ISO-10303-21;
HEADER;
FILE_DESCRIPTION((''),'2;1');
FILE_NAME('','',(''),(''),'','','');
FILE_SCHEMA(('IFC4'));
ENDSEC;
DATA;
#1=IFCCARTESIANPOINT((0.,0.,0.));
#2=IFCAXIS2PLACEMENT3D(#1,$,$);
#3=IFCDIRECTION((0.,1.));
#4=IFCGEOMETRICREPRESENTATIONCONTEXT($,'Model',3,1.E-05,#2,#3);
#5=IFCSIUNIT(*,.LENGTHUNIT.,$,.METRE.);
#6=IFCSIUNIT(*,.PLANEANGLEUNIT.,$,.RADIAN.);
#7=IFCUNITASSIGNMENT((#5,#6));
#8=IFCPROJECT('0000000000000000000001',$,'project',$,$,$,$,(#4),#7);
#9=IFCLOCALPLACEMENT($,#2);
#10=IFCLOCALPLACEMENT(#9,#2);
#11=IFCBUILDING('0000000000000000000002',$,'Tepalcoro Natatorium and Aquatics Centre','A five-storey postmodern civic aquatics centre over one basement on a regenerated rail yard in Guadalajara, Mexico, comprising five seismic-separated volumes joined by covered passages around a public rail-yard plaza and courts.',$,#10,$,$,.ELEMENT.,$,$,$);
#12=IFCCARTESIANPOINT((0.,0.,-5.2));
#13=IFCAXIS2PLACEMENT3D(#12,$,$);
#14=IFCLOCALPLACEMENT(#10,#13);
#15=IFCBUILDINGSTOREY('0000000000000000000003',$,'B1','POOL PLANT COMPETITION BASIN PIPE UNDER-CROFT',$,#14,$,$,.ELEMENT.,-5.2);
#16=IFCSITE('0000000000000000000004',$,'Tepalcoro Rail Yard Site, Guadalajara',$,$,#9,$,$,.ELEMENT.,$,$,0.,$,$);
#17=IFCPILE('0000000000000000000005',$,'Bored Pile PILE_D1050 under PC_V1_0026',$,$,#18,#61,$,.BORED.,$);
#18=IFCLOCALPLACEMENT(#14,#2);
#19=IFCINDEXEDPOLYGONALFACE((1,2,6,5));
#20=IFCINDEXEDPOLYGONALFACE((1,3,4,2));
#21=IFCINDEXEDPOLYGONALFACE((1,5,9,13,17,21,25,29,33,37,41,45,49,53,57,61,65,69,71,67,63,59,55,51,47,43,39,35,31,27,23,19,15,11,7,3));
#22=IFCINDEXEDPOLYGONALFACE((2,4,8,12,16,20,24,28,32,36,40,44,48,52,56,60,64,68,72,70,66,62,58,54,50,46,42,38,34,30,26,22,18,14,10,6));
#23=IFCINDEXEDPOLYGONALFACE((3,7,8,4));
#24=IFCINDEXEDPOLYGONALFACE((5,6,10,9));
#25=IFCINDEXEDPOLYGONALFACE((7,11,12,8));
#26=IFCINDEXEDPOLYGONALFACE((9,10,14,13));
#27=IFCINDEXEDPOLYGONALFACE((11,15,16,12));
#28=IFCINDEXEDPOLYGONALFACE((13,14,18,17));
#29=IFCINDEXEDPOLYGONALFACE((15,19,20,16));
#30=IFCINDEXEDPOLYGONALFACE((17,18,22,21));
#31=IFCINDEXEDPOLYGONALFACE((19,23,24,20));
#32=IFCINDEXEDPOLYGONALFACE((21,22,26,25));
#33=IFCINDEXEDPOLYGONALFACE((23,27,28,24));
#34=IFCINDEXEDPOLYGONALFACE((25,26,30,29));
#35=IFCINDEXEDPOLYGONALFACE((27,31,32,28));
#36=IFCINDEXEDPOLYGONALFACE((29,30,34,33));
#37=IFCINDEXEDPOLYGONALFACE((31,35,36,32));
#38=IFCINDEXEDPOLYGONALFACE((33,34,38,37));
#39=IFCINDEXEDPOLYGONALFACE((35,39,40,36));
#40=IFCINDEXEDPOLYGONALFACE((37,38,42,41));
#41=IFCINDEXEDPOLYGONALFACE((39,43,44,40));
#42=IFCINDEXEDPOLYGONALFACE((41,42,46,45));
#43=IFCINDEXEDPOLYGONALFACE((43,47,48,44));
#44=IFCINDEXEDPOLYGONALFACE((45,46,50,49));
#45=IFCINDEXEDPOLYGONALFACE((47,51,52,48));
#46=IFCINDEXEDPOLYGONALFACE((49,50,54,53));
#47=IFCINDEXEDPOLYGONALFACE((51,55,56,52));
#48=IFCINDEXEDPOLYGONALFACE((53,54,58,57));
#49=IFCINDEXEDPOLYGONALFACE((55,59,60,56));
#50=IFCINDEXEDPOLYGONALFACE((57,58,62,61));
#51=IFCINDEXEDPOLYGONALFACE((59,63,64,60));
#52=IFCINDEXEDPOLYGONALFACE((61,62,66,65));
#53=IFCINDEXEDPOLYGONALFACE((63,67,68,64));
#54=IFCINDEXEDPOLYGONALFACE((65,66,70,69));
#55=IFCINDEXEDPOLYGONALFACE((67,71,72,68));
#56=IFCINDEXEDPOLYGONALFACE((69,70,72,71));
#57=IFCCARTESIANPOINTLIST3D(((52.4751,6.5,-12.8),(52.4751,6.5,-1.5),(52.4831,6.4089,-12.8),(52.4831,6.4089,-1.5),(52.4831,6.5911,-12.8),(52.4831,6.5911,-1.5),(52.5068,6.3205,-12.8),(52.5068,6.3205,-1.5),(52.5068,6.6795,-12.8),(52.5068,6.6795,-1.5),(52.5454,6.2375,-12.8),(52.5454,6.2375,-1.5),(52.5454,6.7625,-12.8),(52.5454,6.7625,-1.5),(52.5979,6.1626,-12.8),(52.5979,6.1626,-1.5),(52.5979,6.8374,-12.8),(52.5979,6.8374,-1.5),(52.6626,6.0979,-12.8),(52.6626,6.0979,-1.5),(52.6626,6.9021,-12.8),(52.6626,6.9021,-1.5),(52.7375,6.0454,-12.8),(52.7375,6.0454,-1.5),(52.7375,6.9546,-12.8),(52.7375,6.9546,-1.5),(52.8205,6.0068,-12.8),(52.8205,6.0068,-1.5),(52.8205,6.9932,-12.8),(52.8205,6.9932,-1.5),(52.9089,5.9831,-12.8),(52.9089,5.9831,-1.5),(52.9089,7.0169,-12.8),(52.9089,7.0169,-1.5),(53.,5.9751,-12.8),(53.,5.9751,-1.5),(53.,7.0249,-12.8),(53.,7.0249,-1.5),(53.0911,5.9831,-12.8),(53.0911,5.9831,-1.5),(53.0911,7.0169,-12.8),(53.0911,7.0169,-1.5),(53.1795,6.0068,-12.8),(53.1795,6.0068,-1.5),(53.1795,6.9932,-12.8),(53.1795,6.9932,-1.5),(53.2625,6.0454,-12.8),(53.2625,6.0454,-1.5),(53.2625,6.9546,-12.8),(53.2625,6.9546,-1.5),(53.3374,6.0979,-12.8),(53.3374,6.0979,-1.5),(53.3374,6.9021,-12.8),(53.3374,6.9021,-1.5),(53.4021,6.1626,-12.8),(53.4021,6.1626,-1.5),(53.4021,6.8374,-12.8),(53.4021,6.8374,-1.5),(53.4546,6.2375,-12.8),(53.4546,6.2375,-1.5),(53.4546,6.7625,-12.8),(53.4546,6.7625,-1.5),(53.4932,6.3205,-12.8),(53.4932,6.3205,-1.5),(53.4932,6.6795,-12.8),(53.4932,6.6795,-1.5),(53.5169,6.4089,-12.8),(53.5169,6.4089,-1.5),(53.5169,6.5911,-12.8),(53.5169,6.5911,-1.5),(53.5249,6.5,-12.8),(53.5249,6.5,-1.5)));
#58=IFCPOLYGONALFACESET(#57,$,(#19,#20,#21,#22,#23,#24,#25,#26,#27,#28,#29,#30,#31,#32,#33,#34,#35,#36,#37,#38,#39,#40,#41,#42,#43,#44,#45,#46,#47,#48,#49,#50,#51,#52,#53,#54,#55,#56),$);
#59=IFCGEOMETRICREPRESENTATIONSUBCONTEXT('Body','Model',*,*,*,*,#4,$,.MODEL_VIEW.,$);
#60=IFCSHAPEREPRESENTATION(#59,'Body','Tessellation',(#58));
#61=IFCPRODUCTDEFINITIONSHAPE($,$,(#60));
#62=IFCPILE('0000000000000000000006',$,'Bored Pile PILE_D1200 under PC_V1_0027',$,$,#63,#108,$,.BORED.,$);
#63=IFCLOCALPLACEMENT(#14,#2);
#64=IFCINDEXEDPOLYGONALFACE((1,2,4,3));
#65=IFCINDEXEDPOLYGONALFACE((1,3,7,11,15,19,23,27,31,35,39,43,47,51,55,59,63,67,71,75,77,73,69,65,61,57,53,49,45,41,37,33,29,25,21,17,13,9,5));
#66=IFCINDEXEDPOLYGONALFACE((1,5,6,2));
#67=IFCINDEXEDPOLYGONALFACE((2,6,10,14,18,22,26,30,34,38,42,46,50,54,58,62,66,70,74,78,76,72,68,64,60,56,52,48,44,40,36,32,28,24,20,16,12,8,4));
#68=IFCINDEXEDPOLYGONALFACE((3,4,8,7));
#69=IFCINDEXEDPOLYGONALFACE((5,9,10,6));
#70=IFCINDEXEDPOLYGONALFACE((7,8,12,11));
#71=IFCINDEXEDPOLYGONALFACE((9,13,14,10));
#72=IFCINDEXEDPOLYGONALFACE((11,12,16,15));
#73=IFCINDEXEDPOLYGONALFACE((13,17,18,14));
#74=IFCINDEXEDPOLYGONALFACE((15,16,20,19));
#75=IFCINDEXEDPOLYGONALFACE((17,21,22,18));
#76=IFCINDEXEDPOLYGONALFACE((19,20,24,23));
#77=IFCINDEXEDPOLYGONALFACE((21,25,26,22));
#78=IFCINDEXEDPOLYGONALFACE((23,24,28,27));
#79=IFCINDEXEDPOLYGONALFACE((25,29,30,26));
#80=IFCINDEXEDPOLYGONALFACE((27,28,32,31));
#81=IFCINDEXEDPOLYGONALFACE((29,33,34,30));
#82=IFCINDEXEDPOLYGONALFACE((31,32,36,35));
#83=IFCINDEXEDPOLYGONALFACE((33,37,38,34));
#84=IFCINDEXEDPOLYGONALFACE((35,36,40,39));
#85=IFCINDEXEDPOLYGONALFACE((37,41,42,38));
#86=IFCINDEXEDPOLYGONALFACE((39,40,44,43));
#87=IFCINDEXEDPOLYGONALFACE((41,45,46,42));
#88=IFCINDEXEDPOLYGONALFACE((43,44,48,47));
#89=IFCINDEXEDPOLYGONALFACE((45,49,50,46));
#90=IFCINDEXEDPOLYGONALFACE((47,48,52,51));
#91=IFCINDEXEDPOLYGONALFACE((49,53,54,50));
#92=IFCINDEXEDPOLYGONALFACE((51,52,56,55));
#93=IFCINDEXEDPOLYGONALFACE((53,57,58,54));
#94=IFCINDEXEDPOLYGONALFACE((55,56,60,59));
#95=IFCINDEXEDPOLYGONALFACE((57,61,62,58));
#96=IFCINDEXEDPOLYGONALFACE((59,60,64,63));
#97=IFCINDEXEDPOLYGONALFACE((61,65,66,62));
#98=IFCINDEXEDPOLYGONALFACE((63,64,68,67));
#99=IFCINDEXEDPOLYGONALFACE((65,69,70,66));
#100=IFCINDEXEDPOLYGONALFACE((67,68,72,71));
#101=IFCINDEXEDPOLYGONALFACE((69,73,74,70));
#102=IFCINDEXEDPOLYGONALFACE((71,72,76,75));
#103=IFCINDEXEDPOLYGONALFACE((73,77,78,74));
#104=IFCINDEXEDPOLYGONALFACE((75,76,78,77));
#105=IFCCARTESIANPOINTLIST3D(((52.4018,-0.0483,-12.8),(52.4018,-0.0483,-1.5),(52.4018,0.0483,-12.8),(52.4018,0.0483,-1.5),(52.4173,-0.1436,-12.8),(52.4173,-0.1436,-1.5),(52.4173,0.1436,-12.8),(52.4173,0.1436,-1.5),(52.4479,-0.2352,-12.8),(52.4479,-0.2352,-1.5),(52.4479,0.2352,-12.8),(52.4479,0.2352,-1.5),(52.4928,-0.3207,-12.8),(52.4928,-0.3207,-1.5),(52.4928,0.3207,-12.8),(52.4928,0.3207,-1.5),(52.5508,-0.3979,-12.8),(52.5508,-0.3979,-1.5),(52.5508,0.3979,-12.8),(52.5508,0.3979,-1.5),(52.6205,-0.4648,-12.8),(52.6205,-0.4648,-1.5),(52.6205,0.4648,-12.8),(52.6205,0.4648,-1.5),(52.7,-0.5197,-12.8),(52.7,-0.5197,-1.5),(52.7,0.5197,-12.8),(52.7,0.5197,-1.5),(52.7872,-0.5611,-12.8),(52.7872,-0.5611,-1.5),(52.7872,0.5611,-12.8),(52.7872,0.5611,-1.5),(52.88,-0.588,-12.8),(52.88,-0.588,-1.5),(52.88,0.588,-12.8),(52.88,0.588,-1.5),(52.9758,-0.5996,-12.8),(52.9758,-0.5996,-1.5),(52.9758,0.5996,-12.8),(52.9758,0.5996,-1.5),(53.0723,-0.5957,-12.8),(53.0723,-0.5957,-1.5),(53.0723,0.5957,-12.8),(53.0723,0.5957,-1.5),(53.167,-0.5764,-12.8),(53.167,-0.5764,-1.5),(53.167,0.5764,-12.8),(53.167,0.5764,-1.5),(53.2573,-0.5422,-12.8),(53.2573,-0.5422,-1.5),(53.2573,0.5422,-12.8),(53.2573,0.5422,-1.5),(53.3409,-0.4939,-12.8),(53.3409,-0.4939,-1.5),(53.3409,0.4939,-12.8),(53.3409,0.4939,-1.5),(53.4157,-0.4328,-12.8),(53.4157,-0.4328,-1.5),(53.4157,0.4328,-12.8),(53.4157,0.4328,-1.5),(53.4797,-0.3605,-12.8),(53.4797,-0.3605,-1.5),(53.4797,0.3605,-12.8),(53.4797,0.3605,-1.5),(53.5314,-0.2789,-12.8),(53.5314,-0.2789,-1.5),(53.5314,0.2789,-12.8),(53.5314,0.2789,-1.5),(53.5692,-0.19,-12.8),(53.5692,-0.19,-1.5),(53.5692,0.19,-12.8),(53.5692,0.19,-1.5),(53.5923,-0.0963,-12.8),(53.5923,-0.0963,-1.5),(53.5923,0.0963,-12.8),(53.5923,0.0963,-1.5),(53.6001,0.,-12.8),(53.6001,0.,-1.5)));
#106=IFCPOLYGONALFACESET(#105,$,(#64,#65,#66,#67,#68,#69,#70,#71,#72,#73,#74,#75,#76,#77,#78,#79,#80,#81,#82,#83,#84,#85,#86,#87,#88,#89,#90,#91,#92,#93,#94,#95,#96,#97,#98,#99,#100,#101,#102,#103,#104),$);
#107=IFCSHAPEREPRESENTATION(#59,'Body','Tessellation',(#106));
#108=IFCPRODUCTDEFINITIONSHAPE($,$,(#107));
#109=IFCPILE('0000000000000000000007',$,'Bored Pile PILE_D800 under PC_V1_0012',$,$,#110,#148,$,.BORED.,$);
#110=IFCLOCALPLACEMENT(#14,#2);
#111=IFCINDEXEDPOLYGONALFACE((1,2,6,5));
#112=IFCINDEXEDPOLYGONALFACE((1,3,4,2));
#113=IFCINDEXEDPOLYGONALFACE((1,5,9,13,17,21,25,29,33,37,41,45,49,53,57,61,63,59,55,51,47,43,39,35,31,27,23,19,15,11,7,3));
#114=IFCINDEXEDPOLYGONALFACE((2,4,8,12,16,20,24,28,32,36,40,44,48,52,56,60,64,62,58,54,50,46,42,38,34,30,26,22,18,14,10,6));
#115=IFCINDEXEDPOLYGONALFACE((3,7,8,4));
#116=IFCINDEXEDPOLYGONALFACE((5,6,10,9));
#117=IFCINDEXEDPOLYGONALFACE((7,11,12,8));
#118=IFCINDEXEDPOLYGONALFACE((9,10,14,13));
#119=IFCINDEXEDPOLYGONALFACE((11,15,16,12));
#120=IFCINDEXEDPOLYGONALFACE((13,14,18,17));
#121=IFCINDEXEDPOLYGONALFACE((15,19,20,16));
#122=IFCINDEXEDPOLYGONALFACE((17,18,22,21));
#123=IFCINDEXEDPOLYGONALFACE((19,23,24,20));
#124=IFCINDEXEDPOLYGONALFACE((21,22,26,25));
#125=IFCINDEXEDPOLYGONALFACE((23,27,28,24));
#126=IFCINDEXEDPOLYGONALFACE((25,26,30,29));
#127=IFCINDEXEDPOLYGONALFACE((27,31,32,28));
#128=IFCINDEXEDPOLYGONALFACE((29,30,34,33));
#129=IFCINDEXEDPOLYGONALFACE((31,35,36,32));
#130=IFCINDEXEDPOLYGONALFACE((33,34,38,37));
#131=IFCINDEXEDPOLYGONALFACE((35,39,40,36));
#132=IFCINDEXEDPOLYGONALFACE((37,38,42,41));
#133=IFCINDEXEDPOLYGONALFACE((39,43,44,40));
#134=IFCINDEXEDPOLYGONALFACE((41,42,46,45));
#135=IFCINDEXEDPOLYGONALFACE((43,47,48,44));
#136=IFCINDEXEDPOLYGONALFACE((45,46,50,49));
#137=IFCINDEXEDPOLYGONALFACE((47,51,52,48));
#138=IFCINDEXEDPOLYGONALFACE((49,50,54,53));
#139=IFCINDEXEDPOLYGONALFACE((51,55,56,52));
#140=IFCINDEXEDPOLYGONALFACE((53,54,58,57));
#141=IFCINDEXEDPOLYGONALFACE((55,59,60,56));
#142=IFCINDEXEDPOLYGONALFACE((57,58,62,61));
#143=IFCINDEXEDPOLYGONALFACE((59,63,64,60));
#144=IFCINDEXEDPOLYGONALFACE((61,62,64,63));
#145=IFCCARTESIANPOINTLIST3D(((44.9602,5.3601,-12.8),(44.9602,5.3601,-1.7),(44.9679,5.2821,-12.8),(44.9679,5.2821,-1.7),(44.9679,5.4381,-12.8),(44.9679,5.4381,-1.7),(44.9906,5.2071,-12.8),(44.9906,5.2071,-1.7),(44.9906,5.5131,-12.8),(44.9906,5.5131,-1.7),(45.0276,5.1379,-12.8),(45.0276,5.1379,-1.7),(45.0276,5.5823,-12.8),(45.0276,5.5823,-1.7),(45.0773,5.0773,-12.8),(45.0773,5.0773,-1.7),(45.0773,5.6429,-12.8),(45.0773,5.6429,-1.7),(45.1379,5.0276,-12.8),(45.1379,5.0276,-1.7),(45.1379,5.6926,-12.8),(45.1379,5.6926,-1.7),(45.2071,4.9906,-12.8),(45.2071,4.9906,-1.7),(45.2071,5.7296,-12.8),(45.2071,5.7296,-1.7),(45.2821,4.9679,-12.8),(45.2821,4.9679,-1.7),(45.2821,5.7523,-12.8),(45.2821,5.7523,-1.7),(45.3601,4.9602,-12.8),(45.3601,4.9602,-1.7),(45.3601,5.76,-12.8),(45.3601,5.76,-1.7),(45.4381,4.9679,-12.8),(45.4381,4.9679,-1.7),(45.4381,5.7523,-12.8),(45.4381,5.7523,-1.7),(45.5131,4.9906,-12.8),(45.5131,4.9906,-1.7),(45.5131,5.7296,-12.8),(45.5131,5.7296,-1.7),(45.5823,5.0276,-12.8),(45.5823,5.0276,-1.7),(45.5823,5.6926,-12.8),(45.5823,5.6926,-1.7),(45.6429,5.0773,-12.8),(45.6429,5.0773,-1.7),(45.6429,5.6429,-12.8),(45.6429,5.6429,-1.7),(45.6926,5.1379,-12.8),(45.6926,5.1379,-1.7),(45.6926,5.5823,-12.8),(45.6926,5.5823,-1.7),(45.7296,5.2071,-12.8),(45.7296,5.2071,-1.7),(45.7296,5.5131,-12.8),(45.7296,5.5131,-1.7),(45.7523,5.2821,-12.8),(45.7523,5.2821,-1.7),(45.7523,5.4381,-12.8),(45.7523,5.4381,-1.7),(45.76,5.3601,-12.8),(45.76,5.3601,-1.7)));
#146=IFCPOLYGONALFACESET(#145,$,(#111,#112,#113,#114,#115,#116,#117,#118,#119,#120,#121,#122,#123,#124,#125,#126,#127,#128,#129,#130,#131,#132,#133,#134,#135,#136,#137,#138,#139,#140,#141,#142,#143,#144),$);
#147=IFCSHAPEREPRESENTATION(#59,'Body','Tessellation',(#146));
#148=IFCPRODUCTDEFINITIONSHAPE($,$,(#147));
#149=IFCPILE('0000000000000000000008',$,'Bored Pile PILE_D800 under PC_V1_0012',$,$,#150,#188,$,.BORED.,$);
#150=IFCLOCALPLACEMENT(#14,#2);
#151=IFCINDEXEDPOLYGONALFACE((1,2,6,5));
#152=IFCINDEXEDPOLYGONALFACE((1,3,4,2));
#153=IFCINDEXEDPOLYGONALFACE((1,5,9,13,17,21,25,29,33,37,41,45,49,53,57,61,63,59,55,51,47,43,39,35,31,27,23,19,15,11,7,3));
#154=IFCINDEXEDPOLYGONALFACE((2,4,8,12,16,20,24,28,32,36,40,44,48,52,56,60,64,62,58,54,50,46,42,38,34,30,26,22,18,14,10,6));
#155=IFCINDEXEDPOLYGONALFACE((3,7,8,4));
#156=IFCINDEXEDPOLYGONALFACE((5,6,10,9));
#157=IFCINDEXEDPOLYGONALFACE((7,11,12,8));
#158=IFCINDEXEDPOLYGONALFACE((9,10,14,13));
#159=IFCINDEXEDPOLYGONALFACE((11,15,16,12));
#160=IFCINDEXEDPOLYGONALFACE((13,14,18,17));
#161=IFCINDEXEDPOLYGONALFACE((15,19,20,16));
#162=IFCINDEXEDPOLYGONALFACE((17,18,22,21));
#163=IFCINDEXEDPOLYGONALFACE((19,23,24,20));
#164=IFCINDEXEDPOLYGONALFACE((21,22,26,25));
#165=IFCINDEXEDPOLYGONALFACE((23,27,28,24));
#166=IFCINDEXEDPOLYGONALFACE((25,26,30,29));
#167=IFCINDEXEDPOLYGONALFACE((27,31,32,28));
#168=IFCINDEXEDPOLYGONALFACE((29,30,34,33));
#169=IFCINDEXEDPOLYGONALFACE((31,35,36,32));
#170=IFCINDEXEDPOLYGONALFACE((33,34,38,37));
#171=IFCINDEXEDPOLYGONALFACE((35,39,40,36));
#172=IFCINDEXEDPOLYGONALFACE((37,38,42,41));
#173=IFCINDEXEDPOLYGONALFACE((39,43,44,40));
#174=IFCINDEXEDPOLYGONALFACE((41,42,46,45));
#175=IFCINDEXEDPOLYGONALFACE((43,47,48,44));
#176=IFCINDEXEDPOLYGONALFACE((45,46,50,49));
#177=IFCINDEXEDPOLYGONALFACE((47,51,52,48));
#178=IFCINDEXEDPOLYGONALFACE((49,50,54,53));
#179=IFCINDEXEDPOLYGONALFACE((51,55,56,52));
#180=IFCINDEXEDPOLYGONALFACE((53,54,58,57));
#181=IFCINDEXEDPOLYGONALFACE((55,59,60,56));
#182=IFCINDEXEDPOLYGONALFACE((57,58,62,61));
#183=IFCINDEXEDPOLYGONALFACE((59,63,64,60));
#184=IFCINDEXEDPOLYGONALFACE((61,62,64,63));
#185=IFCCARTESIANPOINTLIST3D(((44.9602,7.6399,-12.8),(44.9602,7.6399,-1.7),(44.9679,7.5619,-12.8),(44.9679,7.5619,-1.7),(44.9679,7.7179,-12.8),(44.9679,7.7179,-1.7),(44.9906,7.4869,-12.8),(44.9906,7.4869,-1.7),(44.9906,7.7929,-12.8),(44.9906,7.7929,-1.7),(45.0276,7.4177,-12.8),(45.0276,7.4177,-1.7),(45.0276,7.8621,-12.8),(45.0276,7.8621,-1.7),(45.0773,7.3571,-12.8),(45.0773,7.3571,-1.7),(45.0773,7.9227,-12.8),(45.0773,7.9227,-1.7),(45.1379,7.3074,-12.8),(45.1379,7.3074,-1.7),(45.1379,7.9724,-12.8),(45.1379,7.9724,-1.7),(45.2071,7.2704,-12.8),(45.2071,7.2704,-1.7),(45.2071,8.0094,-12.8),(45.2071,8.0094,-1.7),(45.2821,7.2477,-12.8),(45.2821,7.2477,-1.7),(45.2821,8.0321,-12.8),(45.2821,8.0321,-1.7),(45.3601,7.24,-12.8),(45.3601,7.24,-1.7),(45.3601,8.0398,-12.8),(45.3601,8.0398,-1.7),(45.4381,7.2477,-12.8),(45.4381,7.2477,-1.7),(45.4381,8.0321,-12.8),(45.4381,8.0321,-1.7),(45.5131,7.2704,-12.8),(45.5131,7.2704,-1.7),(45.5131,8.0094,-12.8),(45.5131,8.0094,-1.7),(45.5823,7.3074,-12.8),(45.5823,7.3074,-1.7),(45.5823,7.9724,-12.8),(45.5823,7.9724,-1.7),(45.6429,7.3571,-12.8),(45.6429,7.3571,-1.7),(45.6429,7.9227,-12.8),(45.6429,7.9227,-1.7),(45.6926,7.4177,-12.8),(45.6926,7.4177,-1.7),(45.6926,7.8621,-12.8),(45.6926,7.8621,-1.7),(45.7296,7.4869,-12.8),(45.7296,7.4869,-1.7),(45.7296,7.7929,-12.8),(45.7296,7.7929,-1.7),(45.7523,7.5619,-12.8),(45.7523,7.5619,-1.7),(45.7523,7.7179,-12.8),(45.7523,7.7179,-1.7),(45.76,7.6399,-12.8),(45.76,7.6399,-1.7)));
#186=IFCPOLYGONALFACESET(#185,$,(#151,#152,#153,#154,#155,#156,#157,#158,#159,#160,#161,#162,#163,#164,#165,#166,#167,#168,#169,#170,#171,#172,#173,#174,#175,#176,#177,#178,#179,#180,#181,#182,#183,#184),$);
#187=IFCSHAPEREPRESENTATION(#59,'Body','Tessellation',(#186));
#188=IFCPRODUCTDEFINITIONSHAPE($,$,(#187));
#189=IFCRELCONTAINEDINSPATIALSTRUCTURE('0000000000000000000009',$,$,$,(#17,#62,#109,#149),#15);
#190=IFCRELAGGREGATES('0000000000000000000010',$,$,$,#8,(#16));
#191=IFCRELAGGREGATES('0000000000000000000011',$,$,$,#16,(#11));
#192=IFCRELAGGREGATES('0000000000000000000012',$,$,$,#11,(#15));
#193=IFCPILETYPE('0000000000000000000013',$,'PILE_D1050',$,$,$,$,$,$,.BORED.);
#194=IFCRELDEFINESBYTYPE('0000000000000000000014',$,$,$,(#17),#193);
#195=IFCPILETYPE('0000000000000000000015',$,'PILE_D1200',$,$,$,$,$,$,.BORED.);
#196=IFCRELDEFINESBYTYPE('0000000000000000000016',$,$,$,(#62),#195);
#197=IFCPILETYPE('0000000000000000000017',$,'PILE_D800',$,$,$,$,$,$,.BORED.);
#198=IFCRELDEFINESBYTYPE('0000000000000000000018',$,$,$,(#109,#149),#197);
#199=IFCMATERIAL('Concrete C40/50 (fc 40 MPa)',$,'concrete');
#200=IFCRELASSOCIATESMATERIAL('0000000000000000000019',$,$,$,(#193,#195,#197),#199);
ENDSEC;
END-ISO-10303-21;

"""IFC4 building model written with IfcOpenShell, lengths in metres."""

from ifc_helpers import new_model, si_unit, direction, frame, origin, origin_2d, place, context, subcontext, project, spatial, circle, extrude, material, material_profile, profile_set, type_object, element, save


model = new_model("IFC4")

# Units and contexts
model_context = context("Model", 3, precision=1e-05, world=origin(), true_north=direction((0.0, 1.0)))
body_context = subcontext(model_context, "Body", "Model", "MODEL_VIEW")
ifc_project = project(units=[si_unit("LENGTHUNIT", "METRE"), si_unit("PLANEANGLEUNIT", "RADIAN")], contexts=[model_context])

# Site, building, storey
site_placement = place(None, origin())
site = spatial("IfcSite", under=ifc_project, at=site_placement, Name="Tepalcoro Rail Yard Site, Guadalajara", CompositionType="ELEMENT", RefElevation=0.0)
building_placement = place(site_placement, origin())
building = spatial("IfcBuilding", under=site, at=building_placement, Name="Tepalcoro Natatorium and Aquatics Centre", Description="A five-storey postmodern civic aquatics centre over one basement on a regenerated rail yard in Guadalajara, Mexico, comprising five seismic-separated volumes joined by covered passages around a public rail-yard plaza and courts.", CompositionType="ELEMENT")
storey_placement = place(building_placement, frame((0.0, 0.0, -5.2)))
storey = spatial("IfcBuildingStorey", under=building, at=storey_placement, Name="B1", Description="POOL PLANT COMPETITION BASIN PIPE UNDER-CROFT", CompositionType="ELEMENT", Elevation=-5.2)

# Piles
ifc_material = material(Name="Concrete C40/50 (fc 40 MPa)", Category="concrete")
ifc_material_profile_1 = material_profile(ifc_material, circle(Radius=0.5249, at=origin_2d()), Name="PILE_D1050")
ifc_profile_set_1 = profile_set([ifc_material_profile_1], Name="Concrete C40/50 (fc 40 MPa)")
pile_type_1 = type_object("IfcPileType", Name="PILE_D1050", PredefinedType="BORED", material=ifc_profile_set_1)
pile_1_placement = place(storey_placement, frame((53.0, 6.5, -1.5), z_axis=(0.0, 0.0, -1.0), x_axis=(1.0, 0.0, 0.0)))
element("IfcPile", 1, at=pile_1_placement, inside=storey, type_object=pile_type_1, Name="Bored Pile PILE_D1050 under PC_V1_0026", PredefinedType="BORED", context=body_context, shape_type="SweptSolid", body=[
    extrude(circle(Radius=0.5249, at=origin_2d()), origin(), (0.0, 0.0, 1.0), 11.3),
])
ifc_material_profile_2 = material_profile(ifc_material, circle(Radius=0.6001, at=origin_2d()), Name="PILE_D1200")
ifc_profile_set_2 = profile_set([ifc_material_profile_2], Name="Concrete C40/50 (fc 40 MPa)")
pile_type_2 = type_object("IfcPileType", Name="PILE_D1200", PredefinedType="BORED", material=ifc_profile_set_2)
pile_2_placement = place(storey_placement, frame((53.0, 0.0, -1.5), z_axis=(0.0, 0.0, -1.0), x_axis=(1.0, 0.0, 0.0)))
element("IfcPile", 2, at=pile_2_placement, inside=storey, type_object=pile_type_2, Name="Bored Pile PILE_D1200 under PC_V1_0027", PredefinedType="BORED", context=body_context, shape_type="SweptSolid", body=[
    extrude(circle(Radius=0.6001, at=origin_2d()), origin(), (0.0, 0.0, 1.0), 11.3),
])
ifc_material_profile_3 = material_profile(ifc_material, circle(Radius=0.3999, at=origin_2d()), Name="PILE_D800")
ifc_profile_set_3 = profile_set([ifc_material_profile_3], Name="Concrete C40/50 (fc 40 MPa)")
pile_type_3 = type_object("IfcPileType", Name="PILE_D800", PredefinedType="BORED", material=ifc_profile_set_3)
for number, where, z_axis, x_axis, name in (
    (3, (45.3601, 5.3601, -1.7), (0.0, 0.0, -1.0), (1.0, 0.0, 0.0), "Bored Pile PILE_D800 under PC_V1_0012"),
    (4, (45.3601, 7.6399, -1.7), (0.0, 0.0, -1.0), (1.0, 0.0, 0.0), "Bored Pile PILE_D800 under PC_V1_0012"),
):
    element("IfcPile", number, at=place(storey_placement, frame(where, z_axis=z_axis, x_axis=x_axis)), inside=storey, type_object=pile_type_3, Name=name, PredefinedType="BORED", context=body_context, shape_type="SweptSolid", body=[
        extrude(circle(Radius=0.3999, at=origin_2d()), origin(), (0.0, 0.0, 1.0), 11.1001),
    ])

save(model, "model.ifc")
